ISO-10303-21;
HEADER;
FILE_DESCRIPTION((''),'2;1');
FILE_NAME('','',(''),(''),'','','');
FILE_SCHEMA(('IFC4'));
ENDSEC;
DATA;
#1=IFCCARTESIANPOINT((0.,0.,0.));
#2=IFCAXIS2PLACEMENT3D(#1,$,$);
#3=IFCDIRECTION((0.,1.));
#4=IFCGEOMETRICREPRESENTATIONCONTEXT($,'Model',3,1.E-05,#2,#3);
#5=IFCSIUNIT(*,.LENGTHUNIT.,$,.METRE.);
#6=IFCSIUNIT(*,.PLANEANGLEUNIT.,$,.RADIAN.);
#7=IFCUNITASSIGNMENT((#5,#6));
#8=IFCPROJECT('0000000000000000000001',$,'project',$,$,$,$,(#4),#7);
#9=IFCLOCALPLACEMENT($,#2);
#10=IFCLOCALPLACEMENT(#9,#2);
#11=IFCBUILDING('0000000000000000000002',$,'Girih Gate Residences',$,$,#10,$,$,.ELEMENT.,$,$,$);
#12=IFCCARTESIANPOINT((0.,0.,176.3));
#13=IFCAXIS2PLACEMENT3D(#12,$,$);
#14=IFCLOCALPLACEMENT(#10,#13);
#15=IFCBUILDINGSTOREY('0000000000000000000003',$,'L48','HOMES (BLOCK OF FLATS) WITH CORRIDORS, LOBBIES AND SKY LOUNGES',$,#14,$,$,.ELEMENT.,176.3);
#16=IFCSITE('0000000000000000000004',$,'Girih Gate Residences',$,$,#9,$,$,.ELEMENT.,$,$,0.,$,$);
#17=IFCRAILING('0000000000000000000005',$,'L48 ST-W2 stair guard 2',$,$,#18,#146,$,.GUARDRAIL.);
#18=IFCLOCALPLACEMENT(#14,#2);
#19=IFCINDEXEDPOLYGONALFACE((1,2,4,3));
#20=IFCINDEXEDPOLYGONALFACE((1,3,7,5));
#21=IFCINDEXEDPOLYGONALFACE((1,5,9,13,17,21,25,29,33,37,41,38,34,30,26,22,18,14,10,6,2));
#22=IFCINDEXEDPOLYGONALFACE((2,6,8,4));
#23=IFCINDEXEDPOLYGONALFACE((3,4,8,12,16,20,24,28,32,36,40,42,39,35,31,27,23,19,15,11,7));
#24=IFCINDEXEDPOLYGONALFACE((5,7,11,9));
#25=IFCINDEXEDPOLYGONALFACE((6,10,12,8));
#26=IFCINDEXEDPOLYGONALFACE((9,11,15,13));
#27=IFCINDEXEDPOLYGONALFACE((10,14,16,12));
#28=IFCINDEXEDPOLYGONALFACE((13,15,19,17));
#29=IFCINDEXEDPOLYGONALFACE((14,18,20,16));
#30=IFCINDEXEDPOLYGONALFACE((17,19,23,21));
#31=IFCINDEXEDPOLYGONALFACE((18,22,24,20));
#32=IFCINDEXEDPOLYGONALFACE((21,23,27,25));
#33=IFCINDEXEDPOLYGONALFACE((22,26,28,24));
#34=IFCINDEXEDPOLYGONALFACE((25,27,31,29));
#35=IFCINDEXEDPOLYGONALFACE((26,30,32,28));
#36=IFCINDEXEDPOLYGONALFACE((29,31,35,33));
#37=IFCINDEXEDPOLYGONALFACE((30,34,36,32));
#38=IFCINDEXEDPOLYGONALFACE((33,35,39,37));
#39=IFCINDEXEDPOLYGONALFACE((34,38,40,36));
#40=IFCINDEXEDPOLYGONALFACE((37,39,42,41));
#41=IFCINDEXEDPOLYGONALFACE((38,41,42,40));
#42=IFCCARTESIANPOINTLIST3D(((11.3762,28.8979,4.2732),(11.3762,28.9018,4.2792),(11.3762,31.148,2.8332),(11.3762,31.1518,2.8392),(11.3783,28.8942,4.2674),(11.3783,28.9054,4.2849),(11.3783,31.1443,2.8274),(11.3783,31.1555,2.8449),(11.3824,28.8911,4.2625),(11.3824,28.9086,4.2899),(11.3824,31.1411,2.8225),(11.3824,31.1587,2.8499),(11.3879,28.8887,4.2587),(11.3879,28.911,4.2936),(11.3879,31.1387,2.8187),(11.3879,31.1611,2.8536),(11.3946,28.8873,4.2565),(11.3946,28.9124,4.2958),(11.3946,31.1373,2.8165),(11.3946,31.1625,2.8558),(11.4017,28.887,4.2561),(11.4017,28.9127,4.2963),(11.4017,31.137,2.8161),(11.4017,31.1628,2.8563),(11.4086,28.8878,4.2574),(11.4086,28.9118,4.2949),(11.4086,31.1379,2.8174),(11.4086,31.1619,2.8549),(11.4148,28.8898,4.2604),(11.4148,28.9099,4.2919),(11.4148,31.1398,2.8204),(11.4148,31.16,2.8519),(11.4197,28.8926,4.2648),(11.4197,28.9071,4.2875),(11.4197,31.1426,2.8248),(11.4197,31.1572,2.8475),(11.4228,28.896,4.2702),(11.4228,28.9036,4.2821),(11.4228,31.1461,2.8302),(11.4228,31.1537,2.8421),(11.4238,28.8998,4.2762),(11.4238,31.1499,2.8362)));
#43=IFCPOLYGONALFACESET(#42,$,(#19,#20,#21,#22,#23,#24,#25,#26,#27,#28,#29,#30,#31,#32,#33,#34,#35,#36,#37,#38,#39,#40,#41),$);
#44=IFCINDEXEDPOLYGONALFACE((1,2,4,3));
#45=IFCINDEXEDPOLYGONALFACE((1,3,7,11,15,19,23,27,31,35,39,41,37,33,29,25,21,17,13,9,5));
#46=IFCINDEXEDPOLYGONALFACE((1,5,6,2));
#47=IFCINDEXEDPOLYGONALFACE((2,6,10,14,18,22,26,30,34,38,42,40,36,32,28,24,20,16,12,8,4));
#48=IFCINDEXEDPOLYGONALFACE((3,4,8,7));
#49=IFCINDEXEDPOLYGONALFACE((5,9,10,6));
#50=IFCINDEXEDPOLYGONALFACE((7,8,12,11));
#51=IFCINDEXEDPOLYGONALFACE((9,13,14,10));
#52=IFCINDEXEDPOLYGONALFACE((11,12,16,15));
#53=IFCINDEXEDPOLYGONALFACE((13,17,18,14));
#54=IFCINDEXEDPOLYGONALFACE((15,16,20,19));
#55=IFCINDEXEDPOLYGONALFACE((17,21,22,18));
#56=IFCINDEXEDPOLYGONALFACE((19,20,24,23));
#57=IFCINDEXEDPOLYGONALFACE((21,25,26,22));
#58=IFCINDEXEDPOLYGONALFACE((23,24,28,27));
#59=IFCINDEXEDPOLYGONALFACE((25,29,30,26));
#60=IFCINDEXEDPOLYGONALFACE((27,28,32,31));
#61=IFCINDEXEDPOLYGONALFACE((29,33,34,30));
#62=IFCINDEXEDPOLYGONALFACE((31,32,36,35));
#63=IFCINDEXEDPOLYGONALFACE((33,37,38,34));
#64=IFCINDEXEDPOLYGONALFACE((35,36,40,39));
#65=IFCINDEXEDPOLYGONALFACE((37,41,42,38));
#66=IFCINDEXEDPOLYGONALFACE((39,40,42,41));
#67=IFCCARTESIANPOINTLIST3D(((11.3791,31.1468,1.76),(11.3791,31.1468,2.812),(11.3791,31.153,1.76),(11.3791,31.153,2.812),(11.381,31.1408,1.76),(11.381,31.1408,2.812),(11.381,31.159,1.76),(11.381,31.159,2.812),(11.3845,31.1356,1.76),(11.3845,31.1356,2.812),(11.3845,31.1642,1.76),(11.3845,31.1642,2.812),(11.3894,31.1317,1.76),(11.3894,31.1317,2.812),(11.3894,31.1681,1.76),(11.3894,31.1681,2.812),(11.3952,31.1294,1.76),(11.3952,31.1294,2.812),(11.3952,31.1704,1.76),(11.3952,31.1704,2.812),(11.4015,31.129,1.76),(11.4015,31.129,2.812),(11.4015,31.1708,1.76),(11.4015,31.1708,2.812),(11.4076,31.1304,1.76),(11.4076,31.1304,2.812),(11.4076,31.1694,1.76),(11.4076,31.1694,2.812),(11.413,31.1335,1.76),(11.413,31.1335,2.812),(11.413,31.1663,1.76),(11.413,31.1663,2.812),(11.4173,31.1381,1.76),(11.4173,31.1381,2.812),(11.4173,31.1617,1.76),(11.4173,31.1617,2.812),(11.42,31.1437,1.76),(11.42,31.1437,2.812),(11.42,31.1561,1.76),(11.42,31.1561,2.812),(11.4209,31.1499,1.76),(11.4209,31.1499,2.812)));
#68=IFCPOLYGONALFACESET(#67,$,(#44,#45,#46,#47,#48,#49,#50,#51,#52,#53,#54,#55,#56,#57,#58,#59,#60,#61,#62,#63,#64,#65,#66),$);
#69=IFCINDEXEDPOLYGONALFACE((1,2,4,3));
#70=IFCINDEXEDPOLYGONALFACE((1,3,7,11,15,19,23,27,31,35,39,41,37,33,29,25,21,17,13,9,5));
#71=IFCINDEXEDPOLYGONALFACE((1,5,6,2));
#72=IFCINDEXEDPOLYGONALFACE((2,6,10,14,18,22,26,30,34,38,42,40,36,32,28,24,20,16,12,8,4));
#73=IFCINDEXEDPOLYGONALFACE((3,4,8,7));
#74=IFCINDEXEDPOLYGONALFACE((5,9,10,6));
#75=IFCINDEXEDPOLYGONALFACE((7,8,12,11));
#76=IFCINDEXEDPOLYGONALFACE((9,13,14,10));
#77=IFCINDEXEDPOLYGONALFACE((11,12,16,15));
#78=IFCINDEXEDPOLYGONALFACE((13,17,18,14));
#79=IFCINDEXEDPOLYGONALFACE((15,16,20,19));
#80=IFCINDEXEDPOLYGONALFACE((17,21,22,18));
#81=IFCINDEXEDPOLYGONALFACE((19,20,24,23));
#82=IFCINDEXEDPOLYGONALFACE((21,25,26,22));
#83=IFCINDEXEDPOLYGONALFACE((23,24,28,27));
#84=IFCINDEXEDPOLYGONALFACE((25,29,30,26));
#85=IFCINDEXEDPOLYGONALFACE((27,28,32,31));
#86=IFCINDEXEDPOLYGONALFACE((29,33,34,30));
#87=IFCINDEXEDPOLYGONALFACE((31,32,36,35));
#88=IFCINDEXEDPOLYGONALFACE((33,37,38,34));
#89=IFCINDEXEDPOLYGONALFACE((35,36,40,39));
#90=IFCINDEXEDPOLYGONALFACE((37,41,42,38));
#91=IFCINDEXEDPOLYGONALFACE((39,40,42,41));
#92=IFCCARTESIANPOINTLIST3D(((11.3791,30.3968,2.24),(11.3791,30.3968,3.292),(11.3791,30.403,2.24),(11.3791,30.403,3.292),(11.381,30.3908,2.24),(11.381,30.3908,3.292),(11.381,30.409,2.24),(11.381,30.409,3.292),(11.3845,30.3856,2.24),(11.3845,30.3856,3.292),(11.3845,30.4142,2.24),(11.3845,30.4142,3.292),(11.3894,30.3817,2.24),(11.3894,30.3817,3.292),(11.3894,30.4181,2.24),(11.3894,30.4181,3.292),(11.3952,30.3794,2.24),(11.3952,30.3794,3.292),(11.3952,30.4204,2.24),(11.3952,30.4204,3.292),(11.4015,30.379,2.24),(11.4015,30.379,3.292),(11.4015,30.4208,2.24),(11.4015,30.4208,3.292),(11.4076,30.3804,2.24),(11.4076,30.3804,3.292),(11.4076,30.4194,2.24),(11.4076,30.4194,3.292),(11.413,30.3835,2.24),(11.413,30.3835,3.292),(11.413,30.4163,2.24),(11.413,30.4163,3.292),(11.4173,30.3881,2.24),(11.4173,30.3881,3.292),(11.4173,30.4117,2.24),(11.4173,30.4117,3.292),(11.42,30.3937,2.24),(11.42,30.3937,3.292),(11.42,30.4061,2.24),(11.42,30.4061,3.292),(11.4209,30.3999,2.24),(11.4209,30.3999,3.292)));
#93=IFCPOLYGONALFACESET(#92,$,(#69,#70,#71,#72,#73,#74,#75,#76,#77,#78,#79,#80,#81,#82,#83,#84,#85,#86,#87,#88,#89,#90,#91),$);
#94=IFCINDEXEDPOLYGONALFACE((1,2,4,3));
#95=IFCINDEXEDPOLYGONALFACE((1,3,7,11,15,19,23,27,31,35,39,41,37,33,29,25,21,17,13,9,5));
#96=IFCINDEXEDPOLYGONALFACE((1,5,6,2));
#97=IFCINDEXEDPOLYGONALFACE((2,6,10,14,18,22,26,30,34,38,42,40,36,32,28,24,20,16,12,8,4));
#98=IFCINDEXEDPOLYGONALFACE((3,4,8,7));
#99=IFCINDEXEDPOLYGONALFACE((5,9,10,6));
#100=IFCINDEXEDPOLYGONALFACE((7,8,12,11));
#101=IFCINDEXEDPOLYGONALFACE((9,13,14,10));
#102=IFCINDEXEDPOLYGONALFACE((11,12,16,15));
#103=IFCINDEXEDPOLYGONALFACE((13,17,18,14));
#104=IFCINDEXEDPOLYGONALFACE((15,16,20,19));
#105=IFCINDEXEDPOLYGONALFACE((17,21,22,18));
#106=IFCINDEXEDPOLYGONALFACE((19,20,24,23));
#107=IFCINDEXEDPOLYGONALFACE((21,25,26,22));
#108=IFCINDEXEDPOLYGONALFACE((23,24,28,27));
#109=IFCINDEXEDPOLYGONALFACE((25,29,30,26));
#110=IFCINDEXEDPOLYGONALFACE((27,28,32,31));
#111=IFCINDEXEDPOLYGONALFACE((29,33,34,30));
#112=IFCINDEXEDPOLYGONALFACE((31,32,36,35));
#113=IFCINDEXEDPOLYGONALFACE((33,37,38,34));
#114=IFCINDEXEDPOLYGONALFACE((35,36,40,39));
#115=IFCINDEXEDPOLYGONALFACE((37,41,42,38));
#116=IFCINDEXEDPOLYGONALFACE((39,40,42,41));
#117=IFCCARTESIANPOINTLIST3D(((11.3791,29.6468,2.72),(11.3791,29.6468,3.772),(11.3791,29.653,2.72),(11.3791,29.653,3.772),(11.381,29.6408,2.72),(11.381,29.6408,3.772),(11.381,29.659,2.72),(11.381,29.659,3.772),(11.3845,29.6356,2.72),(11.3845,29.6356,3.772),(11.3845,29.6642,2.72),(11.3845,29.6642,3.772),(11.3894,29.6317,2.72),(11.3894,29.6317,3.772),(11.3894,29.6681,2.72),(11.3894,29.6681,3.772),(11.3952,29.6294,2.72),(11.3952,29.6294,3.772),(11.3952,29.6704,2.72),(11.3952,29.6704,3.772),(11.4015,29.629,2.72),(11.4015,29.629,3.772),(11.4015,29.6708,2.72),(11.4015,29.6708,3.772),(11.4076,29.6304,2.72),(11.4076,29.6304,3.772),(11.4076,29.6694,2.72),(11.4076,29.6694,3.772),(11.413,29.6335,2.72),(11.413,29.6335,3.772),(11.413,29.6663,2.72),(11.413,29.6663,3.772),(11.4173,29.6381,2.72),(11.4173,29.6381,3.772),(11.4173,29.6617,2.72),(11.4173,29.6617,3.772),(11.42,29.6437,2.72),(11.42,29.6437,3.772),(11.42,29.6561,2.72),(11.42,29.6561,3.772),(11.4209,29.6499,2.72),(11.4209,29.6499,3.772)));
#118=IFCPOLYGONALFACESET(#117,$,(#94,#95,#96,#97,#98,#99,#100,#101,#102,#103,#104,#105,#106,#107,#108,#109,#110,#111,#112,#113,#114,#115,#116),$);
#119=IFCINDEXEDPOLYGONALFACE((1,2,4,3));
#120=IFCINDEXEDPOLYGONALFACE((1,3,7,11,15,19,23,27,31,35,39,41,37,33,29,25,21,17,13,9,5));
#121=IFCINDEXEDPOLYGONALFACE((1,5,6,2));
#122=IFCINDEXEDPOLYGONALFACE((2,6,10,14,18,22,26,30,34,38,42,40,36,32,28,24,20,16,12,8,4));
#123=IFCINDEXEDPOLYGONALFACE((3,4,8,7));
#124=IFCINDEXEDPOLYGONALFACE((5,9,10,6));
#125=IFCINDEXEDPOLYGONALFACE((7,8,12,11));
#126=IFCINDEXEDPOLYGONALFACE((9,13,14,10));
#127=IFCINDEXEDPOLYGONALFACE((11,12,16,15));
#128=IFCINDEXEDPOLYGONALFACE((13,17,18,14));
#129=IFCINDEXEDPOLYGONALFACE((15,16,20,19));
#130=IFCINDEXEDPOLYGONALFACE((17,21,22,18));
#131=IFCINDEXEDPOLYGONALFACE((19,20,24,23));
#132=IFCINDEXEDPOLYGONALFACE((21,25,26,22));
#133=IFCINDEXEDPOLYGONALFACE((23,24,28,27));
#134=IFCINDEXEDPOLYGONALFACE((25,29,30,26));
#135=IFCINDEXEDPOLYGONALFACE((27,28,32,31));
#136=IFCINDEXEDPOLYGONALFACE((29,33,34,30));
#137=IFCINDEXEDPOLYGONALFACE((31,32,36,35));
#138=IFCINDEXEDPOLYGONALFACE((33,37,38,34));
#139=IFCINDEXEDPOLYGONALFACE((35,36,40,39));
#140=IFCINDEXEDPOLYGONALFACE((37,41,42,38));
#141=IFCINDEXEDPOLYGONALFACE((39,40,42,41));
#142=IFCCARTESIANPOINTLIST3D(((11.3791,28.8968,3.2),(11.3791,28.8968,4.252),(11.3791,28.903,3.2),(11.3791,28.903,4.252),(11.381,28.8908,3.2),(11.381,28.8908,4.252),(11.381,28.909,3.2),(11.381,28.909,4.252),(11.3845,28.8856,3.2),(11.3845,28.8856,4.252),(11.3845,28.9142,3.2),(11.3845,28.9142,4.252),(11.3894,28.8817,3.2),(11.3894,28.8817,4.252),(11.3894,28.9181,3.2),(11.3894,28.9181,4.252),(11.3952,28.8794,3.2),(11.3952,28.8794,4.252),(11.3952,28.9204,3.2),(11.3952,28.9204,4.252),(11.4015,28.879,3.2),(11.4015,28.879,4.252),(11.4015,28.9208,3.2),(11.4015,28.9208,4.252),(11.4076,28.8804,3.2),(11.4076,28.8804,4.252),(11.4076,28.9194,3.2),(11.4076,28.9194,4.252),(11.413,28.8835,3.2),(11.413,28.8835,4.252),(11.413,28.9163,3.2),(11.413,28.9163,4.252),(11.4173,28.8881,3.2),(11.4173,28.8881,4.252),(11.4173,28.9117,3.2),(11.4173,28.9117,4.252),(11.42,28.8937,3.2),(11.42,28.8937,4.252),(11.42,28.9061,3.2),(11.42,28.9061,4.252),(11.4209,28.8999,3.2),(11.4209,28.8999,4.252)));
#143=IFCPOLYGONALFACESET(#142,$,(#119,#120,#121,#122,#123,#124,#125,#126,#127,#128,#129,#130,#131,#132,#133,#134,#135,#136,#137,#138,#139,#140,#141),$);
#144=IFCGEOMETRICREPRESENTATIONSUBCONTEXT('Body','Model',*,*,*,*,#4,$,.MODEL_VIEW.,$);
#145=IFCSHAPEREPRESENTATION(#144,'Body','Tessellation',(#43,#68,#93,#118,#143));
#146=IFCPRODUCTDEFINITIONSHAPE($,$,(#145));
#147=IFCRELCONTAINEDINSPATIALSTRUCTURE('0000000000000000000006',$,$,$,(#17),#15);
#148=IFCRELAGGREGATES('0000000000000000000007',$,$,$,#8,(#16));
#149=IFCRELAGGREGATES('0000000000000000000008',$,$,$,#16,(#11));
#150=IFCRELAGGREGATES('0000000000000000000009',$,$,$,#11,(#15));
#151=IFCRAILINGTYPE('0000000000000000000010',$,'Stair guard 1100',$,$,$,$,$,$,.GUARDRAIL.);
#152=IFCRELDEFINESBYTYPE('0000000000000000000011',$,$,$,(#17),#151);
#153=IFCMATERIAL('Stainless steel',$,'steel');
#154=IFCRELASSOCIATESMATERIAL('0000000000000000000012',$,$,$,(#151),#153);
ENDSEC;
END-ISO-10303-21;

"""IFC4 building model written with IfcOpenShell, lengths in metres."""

from ifc_helpers import new_model, si_unit, direction, frame, origin, origin_2d, place, context, subcontext, project, spatial, circle, extrude, material, type_object, element, save


model = new_model("IFC4")

# Units and contexts
model_context = context("Model", 3, precision=1e-05, world=origin(), true_north=direction((0.0, 1.0)))
body_context = subcontext(model_context, "Body", "Model", "MODEL_VIEW")
ifc_project = project(units=[si_unit("LENGTHUNIT", "METRE"), si_unit("PLANEANGLEUNIT", "RADIAN")], contexts=[model_context])

# Site, building, storey
site_placement = place(None, origin())
site = spatial("IfcSite", under=ifc_project, at=site_placement, Name="Girih Gate Residences", CompositionType="ELEMENT", RefElevation=0.0)
building_placement = place(site_placement, origin())
building = spatial("IfcBuilding", under=site, at=building_placement, Name="Girih Gate Residences", CompositionType="ELEMENT")
storey_placement = place(building_placement, frame((0.0, 0.0, 176.3)))
storey = spatial("IfcBuildingStorey", under=building, at=storey_placement, Name="L48", Description="HOMES (BLOCK OF FLATS) WITH CORRIDORS, LOBBIES AND SKY LOUNGES", CompositionType="ELEMENT", Elevation=176.3)

# Railing
ifc_material_1 = material(Name="Stainless steel", Category="steel")
railing_type_1 = type_object("IfcRailingType", Name="Stair guard 1100", PredefinedType="GUARDRAIL", material=ifc_material_1)
railing_1_placement = place(storey_placement, frame((11.3999, 31.1499, 1.76)))
element("IfcRailing", 1, at=railing_1_placement, inside=storey, type_object=railing_type_1, Name="L48 ST-W2 stair guard 2", PredefinedType="GUARDRAIL", context=body_context, shape_type="SweptSolid", body=[
    extrude(circle(Radius=0.0239, at=origin_2d()), frame((0.0, 0.0, 1.0762), z_axis=(0.0, -0.842281, 0.539038), x_axis=(1.0, 0.0, 0.0)), (0.0, 0.0, 1.0), 2.6714),
    extrude(circle(Radius=0.021, at=origin_2d()), origin(), (0.0, 0.0, 1.0), 1.052),
    extrude(circle(Radius=0.021, at=origin_2d()), frame((0.0, -0.75, 0.48)), (0.0, 0.0, 1.0), 1.052),
    extrude(circle(Radius=0.021, at=origin_2d()), frame((0.0, -1.5, 0.96)), (0.0, 0.0, 1.0), 1.052),
    extrude(circle(Radius=0.021, at=origin_2d()), frame((0.0, -2.25, 1.4399)), (0.0, 0.0, 1.0), 1.052),
])

save(model, "model.ifc")
